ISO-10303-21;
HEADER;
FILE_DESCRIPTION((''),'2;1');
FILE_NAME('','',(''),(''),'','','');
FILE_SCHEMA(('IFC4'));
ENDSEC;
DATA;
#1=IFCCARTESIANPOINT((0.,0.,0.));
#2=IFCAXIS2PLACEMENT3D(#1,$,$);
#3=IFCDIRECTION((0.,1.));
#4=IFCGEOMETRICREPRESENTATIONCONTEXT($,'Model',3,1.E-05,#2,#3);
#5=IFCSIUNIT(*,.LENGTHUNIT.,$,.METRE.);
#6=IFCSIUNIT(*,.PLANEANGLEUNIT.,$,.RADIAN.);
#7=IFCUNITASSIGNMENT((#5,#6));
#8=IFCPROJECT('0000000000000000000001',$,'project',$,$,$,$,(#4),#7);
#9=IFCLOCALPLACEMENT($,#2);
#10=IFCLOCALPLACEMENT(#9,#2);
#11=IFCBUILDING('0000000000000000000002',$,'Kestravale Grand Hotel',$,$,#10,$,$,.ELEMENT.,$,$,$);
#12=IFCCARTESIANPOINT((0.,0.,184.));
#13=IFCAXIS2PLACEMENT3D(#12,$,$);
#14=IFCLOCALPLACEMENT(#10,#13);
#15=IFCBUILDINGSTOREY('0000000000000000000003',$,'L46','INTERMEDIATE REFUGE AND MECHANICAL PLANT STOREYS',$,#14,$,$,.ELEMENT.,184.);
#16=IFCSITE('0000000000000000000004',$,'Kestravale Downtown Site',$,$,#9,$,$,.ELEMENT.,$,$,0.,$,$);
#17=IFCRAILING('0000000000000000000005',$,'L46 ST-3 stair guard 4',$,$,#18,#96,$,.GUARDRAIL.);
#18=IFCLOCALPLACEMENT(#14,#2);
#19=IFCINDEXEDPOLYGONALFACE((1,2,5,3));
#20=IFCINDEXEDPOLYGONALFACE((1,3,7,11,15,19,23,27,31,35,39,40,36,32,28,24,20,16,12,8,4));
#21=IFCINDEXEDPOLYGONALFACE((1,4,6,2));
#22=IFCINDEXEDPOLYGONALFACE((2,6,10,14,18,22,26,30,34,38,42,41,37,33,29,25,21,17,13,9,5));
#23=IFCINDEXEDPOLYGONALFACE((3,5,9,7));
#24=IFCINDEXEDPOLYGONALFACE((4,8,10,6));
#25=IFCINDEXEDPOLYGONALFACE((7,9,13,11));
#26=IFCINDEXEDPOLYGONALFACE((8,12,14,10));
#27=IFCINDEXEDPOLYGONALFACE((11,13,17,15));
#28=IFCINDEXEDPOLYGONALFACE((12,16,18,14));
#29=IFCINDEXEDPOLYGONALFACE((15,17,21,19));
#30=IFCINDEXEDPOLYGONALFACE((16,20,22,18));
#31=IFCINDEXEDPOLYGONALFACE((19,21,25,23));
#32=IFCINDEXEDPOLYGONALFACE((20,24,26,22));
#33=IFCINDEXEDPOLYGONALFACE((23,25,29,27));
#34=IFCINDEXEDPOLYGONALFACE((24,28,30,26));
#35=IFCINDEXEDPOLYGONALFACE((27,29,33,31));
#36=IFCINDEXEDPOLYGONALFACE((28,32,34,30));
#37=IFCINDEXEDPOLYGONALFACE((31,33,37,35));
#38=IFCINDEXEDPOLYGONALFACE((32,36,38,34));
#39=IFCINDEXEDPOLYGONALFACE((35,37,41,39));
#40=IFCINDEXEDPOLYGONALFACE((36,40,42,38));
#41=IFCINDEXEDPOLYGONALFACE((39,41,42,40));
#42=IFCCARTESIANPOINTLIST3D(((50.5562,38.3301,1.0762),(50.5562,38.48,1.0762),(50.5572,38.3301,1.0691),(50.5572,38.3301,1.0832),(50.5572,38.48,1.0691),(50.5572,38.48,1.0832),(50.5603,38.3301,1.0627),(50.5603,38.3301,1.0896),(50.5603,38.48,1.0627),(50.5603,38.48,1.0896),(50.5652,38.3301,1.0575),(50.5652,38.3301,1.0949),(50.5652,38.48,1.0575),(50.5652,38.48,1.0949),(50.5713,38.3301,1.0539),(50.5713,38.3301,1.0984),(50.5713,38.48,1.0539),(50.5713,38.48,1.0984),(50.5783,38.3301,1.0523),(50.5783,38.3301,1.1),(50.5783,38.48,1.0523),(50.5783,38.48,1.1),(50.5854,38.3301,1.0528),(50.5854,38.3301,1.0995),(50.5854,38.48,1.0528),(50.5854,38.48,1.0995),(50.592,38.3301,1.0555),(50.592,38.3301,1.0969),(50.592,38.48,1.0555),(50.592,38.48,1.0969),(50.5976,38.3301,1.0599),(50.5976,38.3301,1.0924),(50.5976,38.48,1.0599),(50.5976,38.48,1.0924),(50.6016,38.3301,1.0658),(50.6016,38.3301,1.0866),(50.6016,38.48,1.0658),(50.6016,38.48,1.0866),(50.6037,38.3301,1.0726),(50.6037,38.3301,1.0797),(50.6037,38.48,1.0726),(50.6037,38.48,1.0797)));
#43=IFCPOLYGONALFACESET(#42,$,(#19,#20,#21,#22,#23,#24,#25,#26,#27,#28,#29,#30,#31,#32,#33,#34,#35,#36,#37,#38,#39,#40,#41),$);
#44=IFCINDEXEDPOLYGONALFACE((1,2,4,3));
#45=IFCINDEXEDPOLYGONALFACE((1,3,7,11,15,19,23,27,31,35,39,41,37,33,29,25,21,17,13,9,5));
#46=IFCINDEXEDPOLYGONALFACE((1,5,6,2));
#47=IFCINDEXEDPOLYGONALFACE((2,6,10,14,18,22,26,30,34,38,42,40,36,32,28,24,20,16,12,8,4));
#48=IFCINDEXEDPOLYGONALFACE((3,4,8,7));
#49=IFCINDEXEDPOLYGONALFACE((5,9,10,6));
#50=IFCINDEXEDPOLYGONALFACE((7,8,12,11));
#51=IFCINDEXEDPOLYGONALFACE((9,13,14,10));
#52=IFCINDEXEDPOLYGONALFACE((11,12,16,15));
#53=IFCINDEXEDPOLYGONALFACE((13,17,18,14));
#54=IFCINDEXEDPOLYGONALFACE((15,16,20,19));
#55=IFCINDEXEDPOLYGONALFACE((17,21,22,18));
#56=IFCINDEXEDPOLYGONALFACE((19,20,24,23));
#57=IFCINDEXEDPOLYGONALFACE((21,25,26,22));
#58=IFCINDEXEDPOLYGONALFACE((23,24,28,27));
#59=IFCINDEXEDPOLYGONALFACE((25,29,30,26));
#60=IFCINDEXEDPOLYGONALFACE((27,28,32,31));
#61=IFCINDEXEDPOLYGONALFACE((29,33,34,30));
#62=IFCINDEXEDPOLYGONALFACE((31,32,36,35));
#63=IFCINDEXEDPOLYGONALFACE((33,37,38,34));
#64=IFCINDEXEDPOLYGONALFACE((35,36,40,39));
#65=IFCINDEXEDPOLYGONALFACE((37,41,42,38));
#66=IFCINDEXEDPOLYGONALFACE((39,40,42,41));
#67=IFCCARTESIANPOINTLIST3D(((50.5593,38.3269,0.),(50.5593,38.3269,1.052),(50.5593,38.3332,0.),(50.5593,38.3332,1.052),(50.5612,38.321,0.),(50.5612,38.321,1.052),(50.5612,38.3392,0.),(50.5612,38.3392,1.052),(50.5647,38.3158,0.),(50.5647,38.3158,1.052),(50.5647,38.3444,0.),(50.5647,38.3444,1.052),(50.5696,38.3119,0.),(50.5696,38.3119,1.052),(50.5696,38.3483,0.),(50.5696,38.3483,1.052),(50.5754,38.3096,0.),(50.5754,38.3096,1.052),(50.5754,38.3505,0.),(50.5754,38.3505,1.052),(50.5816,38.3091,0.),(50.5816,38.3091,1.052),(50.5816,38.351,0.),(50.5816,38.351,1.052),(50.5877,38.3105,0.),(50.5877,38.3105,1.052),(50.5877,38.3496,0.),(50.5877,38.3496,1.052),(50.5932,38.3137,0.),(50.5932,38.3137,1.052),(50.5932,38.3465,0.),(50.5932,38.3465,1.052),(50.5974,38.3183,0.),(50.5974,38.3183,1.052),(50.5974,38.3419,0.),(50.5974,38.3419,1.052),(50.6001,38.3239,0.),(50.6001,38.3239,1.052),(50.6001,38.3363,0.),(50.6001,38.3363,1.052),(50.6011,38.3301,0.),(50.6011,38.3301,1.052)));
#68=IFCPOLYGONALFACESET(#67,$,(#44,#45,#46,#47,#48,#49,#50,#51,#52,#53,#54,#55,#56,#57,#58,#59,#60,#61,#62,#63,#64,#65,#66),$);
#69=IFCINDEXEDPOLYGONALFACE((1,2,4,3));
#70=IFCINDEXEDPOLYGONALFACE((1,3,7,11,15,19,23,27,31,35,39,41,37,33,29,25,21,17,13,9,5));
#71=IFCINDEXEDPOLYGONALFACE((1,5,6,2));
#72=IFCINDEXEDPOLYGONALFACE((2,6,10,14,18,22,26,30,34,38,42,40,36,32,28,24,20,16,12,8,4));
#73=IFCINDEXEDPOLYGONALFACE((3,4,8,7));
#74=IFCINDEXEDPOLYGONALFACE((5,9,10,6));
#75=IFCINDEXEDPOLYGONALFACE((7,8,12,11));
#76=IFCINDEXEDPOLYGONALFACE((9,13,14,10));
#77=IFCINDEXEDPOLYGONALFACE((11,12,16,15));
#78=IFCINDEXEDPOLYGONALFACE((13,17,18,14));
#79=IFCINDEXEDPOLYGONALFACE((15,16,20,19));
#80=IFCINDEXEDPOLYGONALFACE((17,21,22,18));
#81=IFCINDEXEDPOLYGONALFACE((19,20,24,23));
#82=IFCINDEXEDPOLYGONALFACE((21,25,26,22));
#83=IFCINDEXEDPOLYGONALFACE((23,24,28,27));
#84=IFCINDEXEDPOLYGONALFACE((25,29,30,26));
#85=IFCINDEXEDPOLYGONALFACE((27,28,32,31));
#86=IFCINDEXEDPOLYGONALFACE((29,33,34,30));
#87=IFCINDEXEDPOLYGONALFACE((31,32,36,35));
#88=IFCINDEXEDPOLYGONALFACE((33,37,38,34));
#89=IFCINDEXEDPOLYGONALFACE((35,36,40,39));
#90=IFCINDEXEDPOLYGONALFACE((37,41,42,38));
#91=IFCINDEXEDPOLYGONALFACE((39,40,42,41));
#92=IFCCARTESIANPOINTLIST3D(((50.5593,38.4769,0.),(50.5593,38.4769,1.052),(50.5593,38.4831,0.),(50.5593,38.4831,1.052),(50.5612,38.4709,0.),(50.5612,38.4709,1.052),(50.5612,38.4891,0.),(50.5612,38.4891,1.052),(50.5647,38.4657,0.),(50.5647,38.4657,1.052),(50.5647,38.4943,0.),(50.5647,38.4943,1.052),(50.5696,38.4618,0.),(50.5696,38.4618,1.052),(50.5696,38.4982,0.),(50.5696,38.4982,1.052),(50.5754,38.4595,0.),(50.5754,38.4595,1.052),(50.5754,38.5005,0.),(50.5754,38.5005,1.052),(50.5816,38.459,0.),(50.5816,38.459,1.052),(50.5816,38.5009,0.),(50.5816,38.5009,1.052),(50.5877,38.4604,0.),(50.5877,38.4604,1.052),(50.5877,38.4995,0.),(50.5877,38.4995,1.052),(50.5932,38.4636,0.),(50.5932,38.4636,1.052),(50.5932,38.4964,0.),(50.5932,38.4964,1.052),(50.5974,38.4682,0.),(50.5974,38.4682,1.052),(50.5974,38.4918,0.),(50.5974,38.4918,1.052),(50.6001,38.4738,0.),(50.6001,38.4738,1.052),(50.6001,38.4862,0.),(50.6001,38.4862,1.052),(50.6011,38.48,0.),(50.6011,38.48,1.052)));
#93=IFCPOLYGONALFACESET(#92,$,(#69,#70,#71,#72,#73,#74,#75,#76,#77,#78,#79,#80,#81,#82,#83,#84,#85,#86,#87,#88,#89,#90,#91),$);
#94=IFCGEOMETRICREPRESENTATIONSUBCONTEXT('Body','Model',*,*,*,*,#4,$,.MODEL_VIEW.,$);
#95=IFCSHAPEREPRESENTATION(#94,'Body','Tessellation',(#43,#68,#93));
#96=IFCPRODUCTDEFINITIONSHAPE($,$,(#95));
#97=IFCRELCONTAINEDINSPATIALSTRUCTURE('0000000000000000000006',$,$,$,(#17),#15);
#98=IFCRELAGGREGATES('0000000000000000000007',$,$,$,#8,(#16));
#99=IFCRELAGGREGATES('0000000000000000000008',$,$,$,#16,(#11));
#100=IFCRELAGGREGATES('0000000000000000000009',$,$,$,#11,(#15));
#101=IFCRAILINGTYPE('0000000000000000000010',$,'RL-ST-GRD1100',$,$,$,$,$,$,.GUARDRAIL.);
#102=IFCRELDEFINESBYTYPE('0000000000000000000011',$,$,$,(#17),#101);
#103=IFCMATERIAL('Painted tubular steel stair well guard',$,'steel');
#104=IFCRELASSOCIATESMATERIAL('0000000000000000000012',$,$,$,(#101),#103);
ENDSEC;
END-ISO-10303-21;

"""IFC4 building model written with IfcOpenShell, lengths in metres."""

from ifc_helpers import new_model, si_unit, direction, frame, origin, origin_2d, place, context, subcontext, project, spatial, circle, extrude, material, type_object, element, save


model = new_model("IFC4")

# Units and contexts
model_context = context("Model", 3, precision=1e-05, world=origin(), true_north=direction((0.0, 1.0)))
body_context = subcontext(model_context, "Body", "Model", "MODEL_VIEW")
ifc_project = project(units=[si_unit("LENGTHUNIT", "METRE"), si_unit("PLANEANGLEUNIT", "RADIAN")], contexts=[model_context])

# Site, building, storey
site_placement = place(None, origin())
site = spatial("IfcSite", under=ifc_project, at=site_placement, Name="Kestravale Downtown Site", CompositionType="ELEMENT", RefElevation=0.0)
building_placement = place(site_placement, origin())
building = spatial("IfcBuilding", under=site, at=building_placement, Name="Kestravale Grand Hotel", CompositionType="ELEMENT")
storey_placement = place(building_placement, frame((0.0, 0.0, 184.0)))
storey = spatial("IfcBuildingStorey", under=building, at=storey_placement, Name="L46", Description="INTERMEDIATE REFUGE AND MECHANICAL PLANT STOREYS", CompositionType="ELEMENT", Elevation=184.0)

# Railing
ifc_material_1 = material(Name="Painted tubular steel stair well guard", Category="steel")
railing_type_1 = type_object("IfcRailingType", Name="RL-ST-GRD1100", PredefinedType="GUARDRAIL", material=ifc_material_1)
railing_1_placement = place(storey_placement, frame((50.5801, 38.3301, 0.0)))
element("IfcRailing", 1, at=railing_1_placement, inside=storey, type_object=railing_type_1, Name="L46 ST-3 stair guard 4", PredefinedType="GUARDRAIL", context=body_context, shape_type="SweptSolid", body=[
    extrude(circle(Radius=0.0239, at=origin_2d()), frame((0.0, 0.0, 1.0762), z_axis=(0.0, 1.0, 0.0), x_axis=(-1.0, 0.0, 0.0)), (0.0, 0.0, 1.0), 0.1499),
    extrude(circle(Radius=0.021, at=origin_2d()), origin(), (0.0, 0.0, 1.0), 1.052),
    extrude(circle(Radius=0.021, at=origin_2d()), frame((0.0, 0.1499, 0.0)), (0.0, 0.0, 1.0), 1.052),
])

save(model, "model.ifc")
